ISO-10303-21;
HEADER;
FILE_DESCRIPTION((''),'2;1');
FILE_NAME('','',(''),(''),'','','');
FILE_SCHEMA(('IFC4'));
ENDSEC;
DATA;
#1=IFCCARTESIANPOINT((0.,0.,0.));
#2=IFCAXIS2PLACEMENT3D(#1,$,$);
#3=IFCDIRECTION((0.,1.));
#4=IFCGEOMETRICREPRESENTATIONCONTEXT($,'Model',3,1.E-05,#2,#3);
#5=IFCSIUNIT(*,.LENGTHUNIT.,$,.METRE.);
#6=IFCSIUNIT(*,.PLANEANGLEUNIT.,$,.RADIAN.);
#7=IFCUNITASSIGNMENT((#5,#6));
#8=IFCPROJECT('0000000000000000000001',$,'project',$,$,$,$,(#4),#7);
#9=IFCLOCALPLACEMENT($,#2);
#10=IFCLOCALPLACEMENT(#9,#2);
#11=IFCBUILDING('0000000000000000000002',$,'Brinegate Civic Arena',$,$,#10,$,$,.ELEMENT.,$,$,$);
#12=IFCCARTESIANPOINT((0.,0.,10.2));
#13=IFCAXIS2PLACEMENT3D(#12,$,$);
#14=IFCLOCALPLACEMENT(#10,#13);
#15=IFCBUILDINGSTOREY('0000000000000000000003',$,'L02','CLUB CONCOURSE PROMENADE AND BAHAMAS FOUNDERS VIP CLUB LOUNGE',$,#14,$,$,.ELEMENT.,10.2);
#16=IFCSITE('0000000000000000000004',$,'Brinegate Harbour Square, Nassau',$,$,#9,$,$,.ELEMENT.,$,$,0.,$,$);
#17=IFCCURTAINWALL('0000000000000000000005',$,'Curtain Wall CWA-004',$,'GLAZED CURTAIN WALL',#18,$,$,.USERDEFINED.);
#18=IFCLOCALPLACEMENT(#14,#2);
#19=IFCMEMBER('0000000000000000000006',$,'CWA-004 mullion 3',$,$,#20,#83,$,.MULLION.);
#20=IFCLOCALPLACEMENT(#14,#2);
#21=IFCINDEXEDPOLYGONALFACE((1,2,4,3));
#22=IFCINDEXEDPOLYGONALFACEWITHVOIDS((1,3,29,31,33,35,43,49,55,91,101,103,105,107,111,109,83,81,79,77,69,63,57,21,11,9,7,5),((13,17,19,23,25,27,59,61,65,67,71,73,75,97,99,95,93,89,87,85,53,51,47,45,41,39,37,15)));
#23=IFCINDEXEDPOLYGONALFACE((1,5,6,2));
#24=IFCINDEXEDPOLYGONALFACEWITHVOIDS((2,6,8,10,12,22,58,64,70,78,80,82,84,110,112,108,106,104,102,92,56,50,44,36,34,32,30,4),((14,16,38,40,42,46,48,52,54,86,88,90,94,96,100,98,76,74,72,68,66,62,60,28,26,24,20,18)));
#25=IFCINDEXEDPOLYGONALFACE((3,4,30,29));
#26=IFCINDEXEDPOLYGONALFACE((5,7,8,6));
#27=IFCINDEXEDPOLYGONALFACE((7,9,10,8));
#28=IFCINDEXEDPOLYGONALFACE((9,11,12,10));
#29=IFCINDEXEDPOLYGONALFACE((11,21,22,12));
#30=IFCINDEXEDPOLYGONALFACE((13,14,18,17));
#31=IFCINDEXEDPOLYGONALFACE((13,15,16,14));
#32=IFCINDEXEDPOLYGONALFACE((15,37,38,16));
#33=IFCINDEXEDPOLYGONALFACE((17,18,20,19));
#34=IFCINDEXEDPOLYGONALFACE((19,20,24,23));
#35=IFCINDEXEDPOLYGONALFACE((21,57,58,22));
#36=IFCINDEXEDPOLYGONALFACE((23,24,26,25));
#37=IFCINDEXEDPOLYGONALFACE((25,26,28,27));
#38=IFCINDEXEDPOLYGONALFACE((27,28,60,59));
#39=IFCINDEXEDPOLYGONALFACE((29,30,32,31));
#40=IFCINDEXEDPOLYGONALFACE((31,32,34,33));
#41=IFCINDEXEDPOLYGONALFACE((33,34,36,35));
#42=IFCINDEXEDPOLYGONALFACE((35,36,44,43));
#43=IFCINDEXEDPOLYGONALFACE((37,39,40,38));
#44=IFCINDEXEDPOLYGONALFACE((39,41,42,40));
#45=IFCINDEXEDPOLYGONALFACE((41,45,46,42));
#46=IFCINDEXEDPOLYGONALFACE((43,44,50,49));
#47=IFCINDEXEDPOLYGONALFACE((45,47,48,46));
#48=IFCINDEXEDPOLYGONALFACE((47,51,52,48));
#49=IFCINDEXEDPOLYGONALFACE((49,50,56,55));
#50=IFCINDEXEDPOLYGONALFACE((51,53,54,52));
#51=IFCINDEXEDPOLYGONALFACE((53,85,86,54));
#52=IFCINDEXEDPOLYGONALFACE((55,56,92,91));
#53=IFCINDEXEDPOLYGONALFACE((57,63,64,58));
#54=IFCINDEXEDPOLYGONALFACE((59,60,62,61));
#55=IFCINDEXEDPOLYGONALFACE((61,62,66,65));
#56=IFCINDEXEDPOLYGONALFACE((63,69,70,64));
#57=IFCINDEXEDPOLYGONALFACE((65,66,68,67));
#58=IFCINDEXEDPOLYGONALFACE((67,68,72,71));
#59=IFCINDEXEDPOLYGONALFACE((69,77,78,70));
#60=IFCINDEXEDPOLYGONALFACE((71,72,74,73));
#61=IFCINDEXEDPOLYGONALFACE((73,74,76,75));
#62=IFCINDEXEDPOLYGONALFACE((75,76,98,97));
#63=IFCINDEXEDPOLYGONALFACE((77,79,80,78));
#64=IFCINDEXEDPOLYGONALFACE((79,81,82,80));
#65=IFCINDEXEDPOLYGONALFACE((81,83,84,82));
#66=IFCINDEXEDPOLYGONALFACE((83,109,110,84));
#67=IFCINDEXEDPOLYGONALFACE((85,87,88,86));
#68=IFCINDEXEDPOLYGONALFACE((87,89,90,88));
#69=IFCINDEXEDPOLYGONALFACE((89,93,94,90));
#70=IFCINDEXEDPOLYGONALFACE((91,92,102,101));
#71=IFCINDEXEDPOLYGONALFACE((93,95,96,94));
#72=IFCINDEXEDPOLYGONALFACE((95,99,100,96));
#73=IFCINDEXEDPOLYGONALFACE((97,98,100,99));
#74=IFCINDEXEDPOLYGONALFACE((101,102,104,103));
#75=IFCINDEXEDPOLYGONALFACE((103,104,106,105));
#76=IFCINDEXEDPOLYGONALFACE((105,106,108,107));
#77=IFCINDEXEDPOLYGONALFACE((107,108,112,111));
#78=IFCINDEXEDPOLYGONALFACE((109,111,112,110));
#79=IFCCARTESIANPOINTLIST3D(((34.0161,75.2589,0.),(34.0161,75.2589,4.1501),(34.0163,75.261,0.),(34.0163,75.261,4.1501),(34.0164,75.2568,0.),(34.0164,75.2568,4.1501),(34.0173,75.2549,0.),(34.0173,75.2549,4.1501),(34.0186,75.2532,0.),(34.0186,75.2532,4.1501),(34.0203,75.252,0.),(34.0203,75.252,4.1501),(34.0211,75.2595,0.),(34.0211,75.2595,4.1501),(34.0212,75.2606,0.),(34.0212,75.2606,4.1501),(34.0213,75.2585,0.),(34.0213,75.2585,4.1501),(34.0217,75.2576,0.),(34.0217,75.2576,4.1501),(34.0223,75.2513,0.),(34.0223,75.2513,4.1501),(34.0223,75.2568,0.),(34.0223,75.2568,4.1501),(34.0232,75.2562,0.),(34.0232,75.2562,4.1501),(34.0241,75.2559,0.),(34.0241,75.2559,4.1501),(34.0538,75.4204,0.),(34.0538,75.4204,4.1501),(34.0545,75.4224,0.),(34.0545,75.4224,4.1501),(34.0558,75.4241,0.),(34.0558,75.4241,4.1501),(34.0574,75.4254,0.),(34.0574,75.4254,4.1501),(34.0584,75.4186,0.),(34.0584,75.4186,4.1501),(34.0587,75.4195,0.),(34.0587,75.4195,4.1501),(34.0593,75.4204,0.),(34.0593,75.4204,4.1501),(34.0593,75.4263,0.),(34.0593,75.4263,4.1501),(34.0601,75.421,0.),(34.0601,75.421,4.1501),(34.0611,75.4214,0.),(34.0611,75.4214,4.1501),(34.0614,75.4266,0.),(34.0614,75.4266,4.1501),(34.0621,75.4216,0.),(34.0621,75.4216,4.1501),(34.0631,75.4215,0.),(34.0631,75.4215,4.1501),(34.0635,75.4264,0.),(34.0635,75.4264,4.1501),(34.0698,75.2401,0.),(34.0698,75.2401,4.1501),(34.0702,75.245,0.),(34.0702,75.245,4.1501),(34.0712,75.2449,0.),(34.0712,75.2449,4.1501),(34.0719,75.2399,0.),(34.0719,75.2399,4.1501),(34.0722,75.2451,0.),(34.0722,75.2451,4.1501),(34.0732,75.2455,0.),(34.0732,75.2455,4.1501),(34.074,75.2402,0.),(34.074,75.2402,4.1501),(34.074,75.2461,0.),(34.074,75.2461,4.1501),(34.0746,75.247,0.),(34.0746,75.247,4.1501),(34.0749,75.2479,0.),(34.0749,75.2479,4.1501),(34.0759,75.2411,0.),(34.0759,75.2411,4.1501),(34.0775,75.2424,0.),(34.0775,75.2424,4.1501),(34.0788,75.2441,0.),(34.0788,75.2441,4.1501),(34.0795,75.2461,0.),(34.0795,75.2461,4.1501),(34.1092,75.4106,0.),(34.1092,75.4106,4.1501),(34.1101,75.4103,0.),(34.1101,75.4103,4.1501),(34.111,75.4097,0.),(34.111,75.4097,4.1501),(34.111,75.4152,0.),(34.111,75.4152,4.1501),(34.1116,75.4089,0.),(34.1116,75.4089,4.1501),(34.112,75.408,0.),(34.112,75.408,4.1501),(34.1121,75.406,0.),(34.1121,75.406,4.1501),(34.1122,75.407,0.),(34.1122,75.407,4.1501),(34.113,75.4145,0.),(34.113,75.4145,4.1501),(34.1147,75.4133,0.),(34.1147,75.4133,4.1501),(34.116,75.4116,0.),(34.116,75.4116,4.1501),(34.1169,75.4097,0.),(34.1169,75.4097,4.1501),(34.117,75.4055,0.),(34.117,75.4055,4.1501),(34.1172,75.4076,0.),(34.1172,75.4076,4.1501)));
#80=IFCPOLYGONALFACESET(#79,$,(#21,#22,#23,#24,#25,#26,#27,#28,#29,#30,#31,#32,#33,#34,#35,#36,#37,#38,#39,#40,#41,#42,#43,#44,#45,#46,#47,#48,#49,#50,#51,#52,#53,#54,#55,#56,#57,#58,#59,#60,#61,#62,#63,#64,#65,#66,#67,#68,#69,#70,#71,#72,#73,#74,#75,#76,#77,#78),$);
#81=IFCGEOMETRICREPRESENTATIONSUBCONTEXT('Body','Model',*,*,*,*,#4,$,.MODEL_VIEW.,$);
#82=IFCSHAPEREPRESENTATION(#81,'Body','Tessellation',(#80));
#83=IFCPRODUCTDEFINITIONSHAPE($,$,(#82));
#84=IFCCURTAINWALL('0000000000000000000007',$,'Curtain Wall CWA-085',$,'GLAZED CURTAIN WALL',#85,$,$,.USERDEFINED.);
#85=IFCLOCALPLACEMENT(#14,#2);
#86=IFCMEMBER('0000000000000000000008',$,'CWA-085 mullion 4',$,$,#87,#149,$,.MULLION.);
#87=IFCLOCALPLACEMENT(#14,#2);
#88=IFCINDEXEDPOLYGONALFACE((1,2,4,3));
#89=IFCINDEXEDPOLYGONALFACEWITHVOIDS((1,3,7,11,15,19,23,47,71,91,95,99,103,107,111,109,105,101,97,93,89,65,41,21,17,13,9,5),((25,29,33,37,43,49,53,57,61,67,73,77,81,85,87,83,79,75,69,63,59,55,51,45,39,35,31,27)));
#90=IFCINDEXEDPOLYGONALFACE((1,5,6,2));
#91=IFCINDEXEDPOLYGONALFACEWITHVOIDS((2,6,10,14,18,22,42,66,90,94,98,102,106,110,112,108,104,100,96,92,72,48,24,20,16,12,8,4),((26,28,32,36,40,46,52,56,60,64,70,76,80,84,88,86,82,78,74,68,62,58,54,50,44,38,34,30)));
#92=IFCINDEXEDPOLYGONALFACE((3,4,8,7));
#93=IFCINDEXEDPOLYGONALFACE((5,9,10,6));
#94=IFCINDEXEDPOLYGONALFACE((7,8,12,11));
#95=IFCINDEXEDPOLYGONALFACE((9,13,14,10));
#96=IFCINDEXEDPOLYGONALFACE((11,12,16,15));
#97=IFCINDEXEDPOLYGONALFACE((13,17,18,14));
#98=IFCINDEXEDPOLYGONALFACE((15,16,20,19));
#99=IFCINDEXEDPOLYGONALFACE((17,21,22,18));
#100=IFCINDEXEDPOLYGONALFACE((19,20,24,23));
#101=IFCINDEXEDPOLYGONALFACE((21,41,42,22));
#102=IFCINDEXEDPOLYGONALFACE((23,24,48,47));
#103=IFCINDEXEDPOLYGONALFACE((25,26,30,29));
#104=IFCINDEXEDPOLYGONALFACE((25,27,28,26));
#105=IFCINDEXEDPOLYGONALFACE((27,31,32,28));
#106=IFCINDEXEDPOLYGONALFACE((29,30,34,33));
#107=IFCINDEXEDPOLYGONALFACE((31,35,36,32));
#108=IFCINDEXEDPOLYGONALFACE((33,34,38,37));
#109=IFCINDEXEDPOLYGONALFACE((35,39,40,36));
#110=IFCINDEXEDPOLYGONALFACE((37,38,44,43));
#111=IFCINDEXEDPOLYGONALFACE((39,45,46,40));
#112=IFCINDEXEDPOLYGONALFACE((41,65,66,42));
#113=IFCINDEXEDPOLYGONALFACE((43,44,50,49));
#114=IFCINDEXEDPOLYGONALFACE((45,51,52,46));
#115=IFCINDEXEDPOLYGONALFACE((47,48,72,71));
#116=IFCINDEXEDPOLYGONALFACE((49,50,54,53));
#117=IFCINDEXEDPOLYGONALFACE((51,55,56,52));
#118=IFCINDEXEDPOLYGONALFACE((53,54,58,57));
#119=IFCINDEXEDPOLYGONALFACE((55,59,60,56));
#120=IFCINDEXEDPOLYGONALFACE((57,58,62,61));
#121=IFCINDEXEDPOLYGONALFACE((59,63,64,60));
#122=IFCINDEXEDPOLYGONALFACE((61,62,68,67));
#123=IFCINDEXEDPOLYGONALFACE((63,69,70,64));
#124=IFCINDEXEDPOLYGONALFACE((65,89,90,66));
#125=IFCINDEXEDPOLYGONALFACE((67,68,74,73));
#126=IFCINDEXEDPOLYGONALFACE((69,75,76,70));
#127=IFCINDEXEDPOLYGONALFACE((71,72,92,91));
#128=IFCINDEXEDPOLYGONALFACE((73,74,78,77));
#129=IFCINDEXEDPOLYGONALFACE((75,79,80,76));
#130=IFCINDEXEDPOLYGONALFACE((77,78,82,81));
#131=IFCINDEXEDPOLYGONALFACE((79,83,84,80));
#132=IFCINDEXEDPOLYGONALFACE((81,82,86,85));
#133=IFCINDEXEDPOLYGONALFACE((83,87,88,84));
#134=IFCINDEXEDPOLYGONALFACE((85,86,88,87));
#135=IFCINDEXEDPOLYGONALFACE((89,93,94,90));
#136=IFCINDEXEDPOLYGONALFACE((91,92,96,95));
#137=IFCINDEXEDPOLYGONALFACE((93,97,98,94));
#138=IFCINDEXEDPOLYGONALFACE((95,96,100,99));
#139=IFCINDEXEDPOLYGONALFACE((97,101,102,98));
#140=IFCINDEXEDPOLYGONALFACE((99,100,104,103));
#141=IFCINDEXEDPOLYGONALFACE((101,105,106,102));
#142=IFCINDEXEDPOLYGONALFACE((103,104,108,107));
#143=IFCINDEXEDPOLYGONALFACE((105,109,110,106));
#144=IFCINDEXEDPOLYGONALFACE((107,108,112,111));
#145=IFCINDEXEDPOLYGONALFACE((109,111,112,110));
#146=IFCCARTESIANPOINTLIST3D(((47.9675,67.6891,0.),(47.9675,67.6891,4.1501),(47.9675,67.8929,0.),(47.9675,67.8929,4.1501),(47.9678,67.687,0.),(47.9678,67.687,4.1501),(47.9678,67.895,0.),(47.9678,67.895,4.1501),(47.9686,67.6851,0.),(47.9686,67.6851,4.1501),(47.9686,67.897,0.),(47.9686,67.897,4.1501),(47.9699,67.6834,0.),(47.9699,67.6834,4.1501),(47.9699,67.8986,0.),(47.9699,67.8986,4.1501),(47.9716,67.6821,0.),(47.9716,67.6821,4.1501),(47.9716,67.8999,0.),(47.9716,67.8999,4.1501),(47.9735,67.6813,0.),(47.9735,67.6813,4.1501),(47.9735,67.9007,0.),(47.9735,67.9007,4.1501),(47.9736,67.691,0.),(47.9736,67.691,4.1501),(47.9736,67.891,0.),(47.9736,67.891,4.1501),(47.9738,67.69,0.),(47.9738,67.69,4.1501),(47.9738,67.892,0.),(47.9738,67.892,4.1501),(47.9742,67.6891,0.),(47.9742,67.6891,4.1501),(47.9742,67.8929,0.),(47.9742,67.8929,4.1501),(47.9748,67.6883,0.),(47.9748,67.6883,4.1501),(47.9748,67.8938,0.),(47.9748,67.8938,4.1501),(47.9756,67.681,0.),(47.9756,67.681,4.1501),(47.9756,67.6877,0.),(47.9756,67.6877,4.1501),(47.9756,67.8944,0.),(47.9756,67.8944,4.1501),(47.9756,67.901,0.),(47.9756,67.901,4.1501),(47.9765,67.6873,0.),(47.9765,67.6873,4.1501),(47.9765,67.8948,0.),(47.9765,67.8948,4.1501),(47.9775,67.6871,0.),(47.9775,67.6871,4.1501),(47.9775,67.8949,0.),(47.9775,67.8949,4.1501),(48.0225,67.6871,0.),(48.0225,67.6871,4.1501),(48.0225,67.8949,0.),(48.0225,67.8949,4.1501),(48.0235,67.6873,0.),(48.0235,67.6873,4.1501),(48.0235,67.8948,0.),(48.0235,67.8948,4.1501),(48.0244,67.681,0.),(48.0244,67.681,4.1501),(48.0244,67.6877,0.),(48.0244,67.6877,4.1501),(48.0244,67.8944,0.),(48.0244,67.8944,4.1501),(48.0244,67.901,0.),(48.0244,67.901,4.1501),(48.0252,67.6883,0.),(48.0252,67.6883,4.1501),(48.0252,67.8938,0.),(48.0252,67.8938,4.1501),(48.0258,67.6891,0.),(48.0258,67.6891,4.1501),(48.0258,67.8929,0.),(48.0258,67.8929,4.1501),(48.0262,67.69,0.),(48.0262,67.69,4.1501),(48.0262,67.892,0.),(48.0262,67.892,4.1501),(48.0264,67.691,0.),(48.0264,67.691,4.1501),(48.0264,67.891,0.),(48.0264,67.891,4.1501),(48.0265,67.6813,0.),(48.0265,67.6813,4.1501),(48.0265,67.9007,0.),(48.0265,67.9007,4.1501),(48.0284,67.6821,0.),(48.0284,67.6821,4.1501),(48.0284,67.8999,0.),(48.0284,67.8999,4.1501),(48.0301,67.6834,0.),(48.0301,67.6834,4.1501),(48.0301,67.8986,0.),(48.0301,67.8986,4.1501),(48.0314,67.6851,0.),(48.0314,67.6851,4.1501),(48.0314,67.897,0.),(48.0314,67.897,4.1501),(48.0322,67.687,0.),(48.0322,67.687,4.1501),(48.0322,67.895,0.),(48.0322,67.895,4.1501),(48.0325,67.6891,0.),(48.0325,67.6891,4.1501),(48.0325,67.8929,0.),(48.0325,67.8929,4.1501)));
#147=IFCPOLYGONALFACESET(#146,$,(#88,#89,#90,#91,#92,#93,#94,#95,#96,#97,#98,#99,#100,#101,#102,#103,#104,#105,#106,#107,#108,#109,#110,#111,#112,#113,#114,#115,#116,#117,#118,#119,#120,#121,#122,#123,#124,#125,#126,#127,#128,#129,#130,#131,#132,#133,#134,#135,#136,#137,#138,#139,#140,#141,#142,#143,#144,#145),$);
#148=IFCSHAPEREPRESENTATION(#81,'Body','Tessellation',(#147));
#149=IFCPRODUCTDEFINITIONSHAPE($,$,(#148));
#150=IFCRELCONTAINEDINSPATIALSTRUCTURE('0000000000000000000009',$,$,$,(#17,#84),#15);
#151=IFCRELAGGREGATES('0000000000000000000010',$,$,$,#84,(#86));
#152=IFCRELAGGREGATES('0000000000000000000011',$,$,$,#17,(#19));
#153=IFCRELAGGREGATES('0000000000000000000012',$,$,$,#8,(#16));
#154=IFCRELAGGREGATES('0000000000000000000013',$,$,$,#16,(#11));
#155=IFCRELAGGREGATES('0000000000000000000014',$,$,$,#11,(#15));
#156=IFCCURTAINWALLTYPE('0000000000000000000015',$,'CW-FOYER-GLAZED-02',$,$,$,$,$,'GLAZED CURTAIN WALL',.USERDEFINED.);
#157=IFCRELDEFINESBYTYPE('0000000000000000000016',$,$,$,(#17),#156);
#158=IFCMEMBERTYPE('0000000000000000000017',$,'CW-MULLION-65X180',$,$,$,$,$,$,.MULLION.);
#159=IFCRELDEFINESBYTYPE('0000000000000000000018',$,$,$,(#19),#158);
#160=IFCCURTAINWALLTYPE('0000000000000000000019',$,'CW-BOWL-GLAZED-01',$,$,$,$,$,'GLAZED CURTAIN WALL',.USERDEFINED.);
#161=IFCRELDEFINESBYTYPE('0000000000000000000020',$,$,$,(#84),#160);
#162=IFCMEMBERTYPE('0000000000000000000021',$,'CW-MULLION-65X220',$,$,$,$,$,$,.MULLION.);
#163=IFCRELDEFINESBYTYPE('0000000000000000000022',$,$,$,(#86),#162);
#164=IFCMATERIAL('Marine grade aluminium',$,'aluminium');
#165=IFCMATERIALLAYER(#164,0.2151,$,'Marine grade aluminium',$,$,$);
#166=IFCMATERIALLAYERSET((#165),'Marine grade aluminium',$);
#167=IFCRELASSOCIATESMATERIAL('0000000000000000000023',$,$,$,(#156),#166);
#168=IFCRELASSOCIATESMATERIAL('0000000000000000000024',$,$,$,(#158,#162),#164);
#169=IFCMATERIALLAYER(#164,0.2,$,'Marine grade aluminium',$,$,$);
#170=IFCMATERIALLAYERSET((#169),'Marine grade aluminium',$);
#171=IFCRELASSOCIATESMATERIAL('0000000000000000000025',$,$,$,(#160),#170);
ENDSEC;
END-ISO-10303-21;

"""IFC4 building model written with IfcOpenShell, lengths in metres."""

from ifc_helpers import new_model, si_unit, direction, frame, origin, origin_2d, place, context, subcontext, project, spatial, hollow_rectangle, extrude, material, layer, layer_set, material_profile, profile_set, type_object, element, aggregate, save


model = new_model("IFC4")

# Units and contexts
model_context = context("Model", 3, precision=1e-05, world=origin(), true_north=direction((0.0, 1.0)))
body_context = subcontext(model_context, "Body", "Model", "MODEL_VIEW")
ifc_project = project(units=[si_unit("LENGTHUNIT", "METRE"), si_unit("PLANEANGLEUNIT", "RADIAN")], contexts=[model_context])

# Site, building, storey
site_placement = place(None, origin())
site = spatial("IfcSite", under=ifc_project, at=site_placement, Name="Brinegate Harbour Square, Nassau", CompositionType="ELEMENT", RefElevation=0.0)
building_placement = place(site_placement, origin())
building = spatial("IfcBuilding", under=site, at=building_placement, Name="Brinegate Civic Arena", CompositionType="ELEMENT")
storey_placement = place(building_placement, frame((0.0, 0.0, 10.2)))
storey = spatial("IfcBuildingStorey", under=building, at=storey_placement, Name="L02", Description="CLUB CONCOURSE PROMENADE AND BAHAMAS FOUNDERS VIP CLUB LOUNGE", CompositionType="ELEMENT", Elevation=10.2)

# Curtain wall, member
ifc_material_1 = material(Name="Marine grade aluminium", Category="aluminium")
ifc_layer_1 = layer(ifc_material_1, 0.2151, Name="Marine grade aluminium")
ifc_layer_set_1 = layer_set([ifc_layer_1], Name="Marine grade aluminium")
curtain_wall_type_1 = type_object("IfcCurtainWallType", Name="CW-FOYER-GLAZED-02", ElementType="GLAZED CURTAIN WALL", PredefinedType="USERDEFINED", material=ifc_layer_set_1)
curtain_wall_1_placement = place(storey_placement, origin())
curtain_wall_1 = element("IfcCurtainWall", 1, at=curtain_wall_1_placement, inside=storey, type_object=curtain_wall_type_1, Name="Curtain Wall CWA-004", ObjectType="GLAZED CURTAIN WALL", PredefinedType="USERDEFINED")
ifc_material_profile_1 = material_profile(ifc_material_1, hollow_rectangle(XDim=0.0649, YDim=0.1799, WallThickness=0.0049, InnerFilletRadius=0.0039, OuterFilletRadius=0.0081, at=origin_2d()), Name="MUL65X180")
ifc_profile_set_1 = profile_set([ifc_material_profile_1], Name="Marine grade aluminium")
member_type_1 = type_object("IfcMemberType", Name="CW-MULLION-65X180", PredefinedType="MULLION", material=ifc_profile_set_1)
member_1_placement = place(storey_placement, frame((34.0667, 75.3333, 0.0), z_axis=(0.0, 0.0, 1.0), x_axis=(-0.973417, 0.229039, 0.0)))
member_1 = element("IfcMember", 2, at=member_1_placement, type_object=member_type_1, Name="CWA-004 mullion 3", PredefinedType="MULLION", context=body_context, shape_type="SweptSolid", body=[
    extrude(hollow_rectangle(XDim=0.0649, YDim=0.1799, WallThickness=0.0049, InnerFilletRadius=0.0039, OuterFilletRadius=0.0081, at=origin_2d()), origin(), (0.0, 0.0, 1.0), 4.1501),
])

# Curtain wall, member
ifc_layer_2 = layer(ifc_material_1, 0.2, Name="Marine grade aluminium")
ifc_layer_set_2 = layer_set([ifc_layer_2], Name="Marine grade aluminium")
curtain_wall_type_2 = type_object("IfcCurtainWallType", Name="CW-BOWL-GLAZED-01", ElementType="GLAZED CURTAIN WALL", PredefinedType="USERDEFINED", material=ifc_layer_set_2)
curtain_wall_2_placement = place(storey_placement, origin())
curtain_wall_2 = element("IfcCurtainWall", 3, at=curtain_wall_2_placement, inside=storey, type_object=curtain_wall_type_2, Name="Curtain Wall CWA-085", ObjectType="GLAZED CURTAIN WALL", PredefinedType="USERDEFINED")
ifc_material_profile_2 = material_profile(ifc_material_1, hollow_rectangle(XDim=0.0649, YDim=0.22, WallThickness=0.0061, InnerFilletRadius=0.0039, OuterFilletRadius=0.0081, at=origin_2d()), Name="MUL65X220")
ifc_profile_set_2 = profile_set([ifc_material_profile_2], Name="Marine grade aluminium")
member_type_2 = type_object("IfcMemberType", Name="CW-MULLION-65X220", PredefinedType="MULLION", material=ifc_profile_set_2)
member_2_placement = place(storey_placement, frame((48.0, 67.791, 0.0), z_axis=(0.0, 0.0, 1.0), x_axis=(-1.0, 0.0, 0.0)))
member_2 = element("IfcMember", 4, at=member_2_placement, type_object=member_type_2, Name="CWA-085 mullion 4", PredefinedType="MULLION", context=body_context, shape_type="SweptSolid", body=[
    extrude(hollow_rectangle(XDim=0.0649, YDim=0.22, WallThickness=0.0061, InnerFilletRadius=0.0039, OuterFilletRadius=0.0081, at=origin_2d()), origin(), (0.0, 0.0, 1.0), 4.1501),
])
aggregate(curtain_wall_2, [member_2])

aggregate(curtain_wall_1, [member_1])

save(model, "model.ifc")
